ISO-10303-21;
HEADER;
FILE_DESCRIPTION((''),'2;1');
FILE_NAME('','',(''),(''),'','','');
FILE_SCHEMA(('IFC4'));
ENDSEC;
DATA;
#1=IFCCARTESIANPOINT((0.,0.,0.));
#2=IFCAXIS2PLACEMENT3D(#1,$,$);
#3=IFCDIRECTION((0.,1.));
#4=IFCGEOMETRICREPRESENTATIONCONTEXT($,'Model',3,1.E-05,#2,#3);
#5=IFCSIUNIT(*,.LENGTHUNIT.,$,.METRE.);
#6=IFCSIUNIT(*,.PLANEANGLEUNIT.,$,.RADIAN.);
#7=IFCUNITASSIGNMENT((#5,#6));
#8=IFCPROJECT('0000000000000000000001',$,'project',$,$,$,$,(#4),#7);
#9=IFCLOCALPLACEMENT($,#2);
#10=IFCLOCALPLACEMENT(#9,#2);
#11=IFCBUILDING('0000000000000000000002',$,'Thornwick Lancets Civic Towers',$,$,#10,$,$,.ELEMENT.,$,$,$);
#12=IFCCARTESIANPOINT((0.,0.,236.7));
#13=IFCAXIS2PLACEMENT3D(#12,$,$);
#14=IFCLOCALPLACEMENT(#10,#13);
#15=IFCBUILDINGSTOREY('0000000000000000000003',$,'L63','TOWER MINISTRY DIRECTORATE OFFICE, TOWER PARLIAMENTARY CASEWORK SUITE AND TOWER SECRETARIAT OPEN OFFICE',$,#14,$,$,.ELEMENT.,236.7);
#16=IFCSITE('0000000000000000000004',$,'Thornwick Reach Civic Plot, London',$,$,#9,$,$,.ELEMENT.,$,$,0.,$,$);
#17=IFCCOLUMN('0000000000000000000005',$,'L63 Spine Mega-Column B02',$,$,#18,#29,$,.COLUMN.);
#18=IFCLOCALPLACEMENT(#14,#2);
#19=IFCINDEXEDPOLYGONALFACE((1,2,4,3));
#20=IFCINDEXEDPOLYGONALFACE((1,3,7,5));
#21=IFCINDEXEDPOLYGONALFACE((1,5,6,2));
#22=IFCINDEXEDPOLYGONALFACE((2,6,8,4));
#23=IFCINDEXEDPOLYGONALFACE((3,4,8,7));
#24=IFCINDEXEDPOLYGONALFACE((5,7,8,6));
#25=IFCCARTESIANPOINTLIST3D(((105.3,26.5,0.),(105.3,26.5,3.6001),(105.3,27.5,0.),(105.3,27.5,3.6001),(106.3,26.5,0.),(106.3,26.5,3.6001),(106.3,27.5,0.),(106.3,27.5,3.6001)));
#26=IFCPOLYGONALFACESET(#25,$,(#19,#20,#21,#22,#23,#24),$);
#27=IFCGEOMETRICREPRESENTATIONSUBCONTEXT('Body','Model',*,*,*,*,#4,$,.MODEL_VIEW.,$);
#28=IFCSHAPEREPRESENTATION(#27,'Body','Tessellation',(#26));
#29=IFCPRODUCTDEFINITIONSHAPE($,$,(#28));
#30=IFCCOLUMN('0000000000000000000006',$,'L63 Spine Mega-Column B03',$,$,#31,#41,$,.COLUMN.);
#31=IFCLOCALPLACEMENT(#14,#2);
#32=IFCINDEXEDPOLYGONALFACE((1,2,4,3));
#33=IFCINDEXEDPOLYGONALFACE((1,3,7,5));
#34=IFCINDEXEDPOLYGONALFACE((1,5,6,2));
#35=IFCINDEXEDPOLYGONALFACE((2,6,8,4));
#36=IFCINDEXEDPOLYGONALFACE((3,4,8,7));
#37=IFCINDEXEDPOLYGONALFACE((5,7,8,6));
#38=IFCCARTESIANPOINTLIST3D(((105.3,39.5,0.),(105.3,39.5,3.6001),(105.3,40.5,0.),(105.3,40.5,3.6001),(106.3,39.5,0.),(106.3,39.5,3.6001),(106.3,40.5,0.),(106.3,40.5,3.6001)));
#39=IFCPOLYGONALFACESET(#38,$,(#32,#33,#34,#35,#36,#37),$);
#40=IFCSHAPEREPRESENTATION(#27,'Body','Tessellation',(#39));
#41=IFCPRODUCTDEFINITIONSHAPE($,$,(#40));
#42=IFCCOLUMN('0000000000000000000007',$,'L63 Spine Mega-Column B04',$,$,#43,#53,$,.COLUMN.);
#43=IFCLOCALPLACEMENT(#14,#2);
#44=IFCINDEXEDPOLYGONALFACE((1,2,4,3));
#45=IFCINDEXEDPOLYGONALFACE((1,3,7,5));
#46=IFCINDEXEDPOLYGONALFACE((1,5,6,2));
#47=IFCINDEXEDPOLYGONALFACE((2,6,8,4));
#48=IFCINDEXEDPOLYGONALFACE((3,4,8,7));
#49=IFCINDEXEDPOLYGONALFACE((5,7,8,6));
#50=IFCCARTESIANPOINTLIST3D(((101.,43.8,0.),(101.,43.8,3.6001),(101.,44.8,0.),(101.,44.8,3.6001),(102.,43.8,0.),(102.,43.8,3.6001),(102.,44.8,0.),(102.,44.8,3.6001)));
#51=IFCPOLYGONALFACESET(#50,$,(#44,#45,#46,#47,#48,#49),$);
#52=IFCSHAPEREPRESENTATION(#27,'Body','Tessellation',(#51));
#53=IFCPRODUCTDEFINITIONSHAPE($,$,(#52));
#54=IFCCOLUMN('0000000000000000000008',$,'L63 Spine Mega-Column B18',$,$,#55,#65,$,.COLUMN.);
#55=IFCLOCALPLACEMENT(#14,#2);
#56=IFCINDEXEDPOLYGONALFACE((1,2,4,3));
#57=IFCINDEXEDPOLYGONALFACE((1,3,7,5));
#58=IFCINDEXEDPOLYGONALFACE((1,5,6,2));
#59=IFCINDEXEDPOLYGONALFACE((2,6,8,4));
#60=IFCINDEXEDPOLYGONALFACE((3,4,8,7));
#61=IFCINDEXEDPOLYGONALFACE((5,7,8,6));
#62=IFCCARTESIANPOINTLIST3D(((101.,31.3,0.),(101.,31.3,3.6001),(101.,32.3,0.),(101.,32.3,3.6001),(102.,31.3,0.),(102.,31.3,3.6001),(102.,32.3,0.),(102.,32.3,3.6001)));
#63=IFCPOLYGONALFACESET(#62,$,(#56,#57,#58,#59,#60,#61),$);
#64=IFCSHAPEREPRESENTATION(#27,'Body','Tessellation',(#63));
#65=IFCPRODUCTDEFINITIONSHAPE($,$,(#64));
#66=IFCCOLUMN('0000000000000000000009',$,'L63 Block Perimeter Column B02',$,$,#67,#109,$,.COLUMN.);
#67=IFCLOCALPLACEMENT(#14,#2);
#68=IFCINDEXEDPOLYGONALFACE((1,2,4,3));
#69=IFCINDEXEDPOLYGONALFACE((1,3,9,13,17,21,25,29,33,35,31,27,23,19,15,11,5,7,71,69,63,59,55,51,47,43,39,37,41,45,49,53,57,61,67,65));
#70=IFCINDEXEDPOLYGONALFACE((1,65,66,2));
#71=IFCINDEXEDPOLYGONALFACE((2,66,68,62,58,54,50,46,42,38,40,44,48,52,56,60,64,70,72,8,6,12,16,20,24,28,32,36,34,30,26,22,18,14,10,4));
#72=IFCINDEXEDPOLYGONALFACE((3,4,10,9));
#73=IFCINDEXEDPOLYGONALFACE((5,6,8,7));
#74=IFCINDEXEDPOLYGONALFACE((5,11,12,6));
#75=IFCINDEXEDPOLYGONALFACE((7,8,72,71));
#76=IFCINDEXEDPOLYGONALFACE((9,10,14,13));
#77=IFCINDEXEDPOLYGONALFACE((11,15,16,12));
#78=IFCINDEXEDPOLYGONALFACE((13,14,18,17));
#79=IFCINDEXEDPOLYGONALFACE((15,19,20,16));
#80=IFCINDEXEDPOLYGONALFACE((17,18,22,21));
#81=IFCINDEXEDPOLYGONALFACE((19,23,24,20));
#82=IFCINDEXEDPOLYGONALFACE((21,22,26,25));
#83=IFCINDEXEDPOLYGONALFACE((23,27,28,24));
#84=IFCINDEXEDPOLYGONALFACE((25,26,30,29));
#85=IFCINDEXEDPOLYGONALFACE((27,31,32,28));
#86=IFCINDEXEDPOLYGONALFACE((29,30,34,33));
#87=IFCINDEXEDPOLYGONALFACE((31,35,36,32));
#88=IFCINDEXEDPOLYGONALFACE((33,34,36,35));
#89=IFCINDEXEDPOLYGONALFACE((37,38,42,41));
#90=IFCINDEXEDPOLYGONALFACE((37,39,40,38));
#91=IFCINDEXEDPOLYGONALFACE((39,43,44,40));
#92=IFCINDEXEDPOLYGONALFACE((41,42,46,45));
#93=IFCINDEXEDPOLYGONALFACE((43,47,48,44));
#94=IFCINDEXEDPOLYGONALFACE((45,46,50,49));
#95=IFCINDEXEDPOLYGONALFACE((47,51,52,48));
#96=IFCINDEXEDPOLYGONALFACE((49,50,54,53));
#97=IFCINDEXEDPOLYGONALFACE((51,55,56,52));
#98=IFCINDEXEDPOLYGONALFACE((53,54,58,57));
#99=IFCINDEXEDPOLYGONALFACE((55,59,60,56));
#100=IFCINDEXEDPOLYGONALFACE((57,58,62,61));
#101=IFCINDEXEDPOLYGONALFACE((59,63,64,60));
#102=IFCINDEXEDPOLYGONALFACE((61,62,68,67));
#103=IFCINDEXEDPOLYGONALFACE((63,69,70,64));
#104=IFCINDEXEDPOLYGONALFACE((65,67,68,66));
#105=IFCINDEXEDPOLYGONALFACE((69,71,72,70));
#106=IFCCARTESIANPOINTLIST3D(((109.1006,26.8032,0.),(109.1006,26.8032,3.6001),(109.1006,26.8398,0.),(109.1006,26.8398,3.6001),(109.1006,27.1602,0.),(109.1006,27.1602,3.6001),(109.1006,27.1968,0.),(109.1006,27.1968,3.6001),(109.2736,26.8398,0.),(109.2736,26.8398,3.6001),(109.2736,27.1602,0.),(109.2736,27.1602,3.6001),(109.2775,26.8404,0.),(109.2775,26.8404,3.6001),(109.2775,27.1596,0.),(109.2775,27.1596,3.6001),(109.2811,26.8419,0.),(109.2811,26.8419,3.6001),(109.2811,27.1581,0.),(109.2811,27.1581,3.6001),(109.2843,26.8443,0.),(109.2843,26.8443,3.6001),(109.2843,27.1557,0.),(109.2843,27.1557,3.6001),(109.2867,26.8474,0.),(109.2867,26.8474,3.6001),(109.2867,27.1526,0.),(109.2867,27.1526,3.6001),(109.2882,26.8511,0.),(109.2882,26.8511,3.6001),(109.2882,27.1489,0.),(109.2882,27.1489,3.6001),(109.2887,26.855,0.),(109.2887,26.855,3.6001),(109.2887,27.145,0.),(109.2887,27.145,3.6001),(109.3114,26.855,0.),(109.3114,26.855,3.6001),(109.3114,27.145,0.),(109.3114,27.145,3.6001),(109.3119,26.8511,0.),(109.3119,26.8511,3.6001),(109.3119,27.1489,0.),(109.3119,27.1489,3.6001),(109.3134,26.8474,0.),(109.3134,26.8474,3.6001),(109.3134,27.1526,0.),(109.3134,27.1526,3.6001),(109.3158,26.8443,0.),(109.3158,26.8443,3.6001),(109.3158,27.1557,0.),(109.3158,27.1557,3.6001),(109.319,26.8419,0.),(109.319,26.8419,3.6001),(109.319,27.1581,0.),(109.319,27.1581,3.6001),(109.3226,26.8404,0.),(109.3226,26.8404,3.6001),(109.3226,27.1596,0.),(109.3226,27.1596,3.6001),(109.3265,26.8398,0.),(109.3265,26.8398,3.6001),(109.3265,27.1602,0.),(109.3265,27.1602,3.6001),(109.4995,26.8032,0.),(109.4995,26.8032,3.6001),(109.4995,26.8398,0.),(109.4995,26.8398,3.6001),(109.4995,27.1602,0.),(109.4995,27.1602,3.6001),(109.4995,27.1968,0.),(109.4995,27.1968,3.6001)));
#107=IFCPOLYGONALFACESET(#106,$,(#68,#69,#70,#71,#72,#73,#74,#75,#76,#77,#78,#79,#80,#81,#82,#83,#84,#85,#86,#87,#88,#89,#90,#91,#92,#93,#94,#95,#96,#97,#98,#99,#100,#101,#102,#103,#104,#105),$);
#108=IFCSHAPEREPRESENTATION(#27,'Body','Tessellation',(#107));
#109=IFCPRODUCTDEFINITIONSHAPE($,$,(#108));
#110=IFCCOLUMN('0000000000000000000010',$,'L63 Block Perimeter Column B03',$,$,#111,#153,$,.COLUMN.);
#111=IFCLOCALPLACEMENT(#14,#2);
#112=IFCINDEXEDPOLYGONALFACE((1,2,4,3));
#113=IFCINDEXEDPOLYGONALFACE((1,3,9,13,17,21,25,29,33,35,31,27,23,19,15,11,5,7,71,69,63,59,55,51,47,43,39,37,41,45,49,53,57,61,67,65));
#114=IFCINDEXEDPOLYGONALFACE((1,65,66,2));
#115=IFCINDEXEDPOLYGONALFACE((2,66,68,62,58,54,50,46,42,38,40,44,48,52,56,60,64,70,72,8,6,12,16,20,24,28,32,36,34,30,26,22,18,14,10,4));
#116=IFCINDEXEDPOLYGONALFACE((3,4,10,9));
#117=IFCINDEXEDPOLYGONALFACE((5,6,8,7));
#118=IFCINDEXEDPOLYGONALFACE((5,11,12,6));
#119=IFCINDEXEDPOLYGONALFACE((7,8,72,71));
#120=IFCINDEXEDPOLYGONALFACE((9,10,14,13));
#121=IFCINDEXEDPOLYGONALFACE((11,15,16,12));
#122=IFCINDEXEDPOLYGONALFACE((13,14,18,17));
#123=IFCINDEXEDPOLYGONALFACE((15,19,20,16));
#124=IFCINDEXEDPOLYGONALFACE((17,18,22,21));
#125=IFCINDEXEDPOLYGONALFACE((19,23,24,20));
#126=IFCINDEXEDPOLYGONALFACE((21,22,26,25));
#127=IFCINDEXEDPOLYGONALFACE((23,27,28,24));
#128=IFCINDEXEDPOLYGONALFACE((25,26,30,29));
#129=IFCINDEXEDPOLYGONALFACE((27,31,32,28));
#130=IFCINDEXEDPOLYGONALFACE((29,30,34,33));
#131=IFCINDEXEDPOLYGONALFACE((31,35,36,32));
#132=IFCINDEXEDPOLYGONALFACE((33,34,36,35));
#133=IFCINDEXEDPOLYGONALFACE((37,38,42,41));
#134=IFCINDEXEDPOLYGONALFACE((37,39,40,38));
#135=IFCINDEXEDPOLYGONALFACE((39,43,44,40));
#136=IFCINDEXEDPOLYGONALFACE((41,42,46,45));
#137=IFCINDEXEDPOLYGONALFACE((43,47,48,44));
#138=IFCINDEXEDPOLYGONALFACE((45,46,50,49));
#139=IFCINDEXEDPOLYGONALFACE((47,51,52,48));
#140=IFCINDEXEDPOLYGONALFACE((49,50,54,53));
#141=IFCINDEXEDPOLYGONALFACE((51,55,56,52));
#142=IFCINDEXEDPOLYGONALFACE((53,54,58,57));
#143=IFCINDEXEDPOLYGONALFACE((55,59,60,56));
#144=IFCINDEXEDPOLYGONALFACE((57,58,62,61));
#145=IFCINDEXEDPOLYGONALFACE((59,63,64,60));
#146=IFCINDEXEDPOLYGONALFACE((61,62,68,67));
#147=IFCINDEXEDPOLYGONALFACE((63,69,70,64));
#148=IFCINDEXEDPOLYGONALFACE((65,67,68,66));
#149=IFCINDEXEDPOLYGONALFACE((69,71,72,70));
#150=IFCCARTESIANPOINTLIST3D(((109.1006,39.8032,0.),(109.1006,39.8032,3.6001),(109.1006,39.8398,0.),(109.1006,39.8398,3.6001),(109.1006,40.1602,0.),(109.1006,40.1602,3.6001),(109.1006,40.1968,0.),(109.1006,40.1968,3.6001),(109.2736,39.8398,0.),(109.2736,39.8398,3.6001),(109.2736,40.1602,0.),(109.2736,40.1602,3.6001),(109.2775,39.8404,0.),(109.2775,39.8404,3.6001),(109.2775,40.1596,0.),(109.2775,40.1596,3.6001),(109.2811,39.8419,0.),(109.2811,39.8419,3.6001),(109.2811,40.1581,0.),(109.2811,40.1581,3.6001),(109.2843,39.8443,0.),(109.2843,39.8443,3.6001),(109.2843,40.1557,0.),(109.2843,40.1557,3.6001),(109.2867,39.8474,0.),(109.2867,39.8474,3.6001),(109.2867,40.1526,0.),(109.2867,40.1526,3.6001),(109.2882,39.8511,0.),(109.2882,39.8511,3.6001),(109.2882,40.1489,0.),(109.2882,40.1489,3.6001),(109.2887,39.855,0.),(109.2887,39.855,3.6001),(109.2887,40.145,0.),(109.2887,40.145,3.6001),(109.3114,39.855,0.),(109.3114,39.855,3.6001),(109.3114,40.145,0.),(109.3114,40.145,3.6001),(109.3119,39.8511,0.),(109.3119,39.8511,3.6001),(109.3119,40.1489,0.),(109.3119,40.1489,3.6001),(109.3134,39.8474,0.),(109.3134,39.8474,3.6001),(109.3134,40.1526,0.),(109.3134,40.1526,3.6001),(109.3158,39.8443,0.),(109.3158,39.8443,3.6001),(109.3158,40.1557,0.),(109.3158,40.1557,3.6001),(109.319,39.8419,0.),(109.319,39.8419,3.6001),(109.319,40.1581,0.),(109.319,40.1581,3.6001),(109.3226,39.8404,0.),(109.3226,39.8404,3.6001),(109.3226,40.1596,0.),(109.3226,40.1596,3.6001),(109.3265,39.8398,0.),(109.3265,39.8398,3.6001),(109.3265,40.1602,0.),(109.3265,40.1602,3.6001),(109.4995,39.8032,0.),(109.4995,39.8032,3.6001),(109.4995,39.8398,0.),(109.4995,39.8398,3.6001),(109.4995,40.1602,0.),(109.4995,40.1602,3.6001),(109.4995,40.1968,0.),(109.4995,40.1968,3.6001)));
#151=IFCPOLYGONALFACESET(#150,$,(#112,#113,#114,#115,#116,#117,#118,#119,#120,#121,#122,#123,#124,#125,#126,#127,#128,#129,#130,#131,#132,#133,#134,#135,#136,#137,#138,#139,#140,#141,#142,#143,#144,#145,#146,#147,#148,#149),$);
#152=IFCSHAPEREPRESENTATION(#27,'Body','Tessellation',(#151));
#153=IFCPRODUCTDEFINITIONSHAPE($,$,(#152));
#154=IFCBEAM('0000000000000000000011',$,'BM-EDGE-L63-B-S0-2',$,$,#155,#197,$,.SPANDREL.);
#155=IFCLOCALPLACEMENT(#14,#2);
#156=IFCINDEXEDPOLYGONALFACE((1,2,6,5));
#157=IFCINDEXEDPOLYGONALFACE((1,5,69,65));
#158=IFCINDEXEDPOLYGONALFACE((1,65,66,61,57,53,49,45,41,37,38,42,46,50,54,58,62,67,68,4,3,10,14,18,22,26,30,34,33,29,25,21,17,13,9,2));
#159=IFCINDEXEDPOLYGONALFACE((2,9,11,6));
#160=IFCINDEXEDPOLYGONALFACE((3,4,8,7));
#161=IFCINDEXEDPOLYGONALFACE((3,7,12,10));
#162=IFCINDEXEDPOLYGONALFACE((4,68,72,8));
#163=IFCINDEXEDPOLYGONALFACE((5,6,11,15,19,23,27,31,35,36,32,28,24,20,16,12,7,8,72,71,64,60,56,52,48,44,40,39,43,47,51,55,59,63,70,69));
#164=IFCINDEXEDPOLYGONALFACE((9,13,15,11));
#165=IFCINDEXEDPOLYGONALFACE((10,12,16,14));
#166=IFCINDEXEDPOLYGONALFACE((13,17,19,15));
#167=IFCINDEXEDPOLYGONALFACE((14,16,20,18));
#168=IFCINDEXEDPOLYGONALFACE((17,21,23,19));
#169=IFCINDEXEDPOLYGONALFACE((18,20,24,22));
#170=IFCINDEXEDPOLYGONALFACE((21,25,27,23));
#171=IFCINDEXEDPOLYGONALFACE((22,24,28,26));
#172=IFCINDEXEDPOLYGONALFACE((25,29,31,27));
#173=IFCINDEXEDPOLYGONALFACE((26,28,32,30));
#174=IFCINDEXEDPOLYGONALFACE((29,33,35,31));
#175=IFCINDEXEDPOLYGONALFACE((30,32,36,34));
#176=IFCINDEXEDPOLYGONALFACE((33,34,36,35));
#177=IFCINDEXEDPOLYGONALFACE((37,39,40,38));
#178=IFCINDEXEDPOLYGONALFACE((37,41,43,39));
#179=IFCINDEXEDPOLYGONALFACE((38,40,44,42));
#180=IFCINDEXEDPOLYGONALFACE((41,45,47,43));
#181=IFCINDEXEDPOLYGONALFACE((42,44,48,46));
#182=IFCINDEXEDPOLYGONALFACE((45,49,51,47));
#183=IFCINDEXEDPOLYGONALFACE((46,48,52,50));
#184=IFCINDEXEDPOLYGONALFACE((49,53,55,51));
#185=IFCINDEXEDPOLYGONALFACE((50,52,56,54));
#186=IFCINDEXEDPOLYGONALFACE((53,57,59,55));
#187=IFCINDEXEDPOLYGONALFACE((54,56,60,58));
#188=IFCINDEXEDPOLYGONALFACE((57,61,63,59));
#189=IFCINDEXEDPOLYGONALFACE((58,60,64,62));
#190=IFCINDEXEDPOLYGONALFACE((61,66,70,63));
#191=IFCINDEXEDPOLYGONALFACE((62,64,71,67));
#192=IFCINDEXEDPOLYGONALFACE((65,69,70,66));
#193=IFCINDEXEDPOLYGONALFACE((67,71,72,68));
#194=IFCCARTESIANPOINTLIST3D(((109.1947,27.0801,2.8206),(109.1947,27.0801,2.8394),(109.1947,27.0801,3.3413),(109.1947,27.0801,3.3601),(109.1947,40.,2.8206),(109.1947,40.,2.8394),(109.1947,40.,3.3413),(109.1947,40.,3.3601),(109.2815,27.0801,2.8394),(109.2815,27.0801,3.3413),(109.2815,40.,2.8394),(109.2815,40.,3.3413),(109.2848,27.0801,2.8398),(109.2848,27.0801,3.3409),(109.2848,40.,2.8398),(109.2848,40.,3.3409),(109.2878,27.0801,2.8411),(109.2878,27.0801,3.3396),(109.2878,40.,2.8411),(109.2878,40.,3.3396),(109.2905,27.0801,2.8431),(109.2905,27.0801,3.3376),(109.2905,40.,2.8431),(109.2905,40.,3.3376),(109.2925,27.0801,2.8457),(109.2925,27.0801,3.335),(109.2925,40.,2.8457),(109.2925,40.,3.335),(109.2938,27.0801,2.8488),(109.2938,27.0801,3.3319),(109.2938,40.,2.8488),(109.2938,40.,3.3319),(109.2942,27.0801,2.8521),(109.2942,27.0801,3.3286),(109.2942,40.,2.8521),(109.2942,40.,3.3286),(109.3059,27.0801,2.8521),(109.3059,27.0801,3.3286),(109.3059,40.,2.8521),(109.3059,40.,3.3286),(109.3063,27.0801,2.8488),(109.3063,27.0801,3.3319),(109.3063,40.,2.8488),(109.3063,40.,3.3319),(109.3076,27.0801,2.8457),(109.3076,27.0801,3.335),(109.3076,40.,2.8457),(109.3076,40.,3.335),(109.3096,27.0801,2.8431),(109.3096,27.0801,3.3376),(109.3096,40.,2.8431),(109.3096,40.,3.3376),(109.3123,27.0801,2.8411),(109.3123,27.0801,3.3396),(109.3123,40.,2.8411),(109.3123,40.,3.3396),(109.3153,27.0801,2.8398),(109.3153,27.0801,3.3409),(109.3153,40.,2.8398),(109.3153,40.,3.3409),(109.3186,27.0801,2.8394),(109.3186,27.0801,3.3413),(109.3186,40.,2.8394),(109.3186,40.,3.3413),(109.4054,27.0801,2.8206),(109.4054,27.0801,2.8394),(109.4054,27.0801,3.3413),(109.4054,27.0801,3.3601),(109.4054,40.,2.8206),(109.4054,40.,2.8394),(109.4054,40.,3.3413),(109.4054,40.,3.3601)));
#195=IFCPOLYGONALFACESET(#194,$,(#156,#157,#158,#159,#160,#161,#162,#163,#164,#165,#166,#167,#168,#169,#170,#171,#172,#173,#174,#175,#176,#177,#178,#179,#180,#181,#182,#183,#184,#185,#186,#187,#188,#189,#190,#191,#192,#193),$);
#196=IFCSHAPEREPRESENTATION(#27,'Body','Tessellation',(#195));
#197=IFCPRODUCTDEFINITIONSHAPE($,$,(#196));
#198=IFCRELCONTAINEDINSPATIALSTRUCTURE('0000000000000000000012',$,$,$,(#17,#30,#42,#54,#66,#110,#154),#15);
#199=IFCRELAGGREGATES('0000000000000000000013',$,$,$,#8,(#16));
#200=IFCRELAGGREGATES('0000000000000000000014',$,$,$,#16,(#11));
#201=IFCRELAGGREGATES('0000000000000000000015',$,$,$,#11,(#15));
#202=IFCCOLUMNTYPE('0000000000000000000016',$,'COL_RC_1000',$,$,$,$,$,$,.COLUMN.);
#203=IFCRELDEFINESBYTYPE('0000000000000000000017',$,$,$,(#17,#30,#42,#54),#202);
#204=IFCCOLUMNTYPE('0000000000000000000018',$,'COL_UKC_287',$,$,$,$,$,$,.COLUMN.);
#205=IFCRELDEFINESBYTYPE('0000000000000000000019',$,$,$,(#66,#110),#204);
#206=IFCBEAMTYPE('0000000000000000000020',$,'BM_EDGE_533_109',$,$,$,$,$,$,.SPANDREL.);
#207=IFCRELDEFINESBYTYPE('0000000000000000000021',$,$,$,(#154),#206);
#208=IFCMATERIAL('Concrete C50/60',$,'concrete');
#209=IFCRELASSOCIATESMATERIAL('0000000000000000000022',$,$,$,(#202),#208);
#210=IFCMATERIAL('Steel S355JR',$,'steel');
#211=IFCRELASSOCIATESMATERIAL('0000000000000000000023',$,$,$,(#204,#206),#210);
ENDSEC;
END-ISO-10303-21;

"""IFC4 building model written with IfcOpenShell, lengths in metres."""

from ifc_helpers import new_model, si_unit, direction, frame, origin, origin_2d, place, context, subcontext, project, spatial, rectangle, i_section, extrude, material, material_profile, profile_set, type_object, element, save


model = new_model("IFC4")

# Units and contexts
model_context = context("Model", 3, precision=1e-05, world=origin(), true_north=direction((0.0, 1.0)))
body_context = subcontext(model_context, "Body", "Model", "MODEL_VIEW")
ifc_project = project(units=[si_unit("LENGTHUNIT", "METRE"), si_unit("PLANEANGLEUNIT", "RADIAN")], contexts=[model_context])

# Site, building, storey
site_placement = place(None, origin())
site = spatial("IfcSite", under=ifc_project, at=site_placement, Name="Thornwick Reach Civic Plot, London", CompositionType="ELEMENT", RefElevation=0.0)
building_placement = place(site_placement, origin())
building = spatial("IfcBuilding", under=site, at=building_placement, Name="Thornwick Lancets Civic Towers", CompositionType="ELEMENT")
storey_placement = place(building_placement, frame((0.0, 0.0, 236.7)))
storey = spatial("IfcBuildingStorey", under=building, at=storey_placement, Name="L63", Description="TOWER MINISTRY DIRECTORATE OFFICE, TOWER PARLIAMENTARY CASEWORK SUITE AND TOWER SECRETARIAT OPEN OFFICE", CompositionType="ELEMENT", Elevation=236.7)

# Columns
ifc_material_1 = material(Name="Concrete C50/60", Category="concrete")
ifc_material_profile_1 = material_profile(ifc_material_1, rectangle(XDim=1.0, YDim=1.0, at=origin_2d()), Name="RC 1000x1000")
ifc_profile_set_1 = profile_set([ifc_material_profile_1], Name="Concrete C50/60")
column_type_1 = type_object("IfcColumnType", Name="COL_RC_1000", PredefinedType="COLUMN", material=ifc_profile_set_1)
for number, where, z_axis, x_axis, name in (
    (1, (105.8, 27.0, 0.0), (0.0, 0.0, 1.0), (1.0, 0.0, 0.0), "L63 Spine Mega-Column B02"),
    (2, (105.8, 40.0, 0.0), (0.0, 0.0, 1.0), (1.0, 0.0, 0.0), "L63 Spine Mega-Column B03"),
    (3, (101.5, 44.3, 0.0), (0.0, 0.0, 1.0), (1.0, 0.0, 0.0), "L63 Spine Mega-Column B04"),
    (4, (101.5, 31.8, 0.0), (0.0, 0.0, 1.0), (1.0, 0.0, 0.0), "L63 Spine Mega-Column B18"),
):
    element("IfcColumn", number, at=place(storey_placement, frame(where, z_axis=z_axis, x_axis=x_axis)), inside=storey, type_object=column_type_1, Name=name, PredefinedType="COLUMN", context=body_context, shape_type="SweptSolid", body=[
        extrude(rectangle(XDim=1.0, YDim=1.0, at=origin_2d()), origin(), (0.0, 0.0, 1.0), 3.6001),
    ])
ifc_material_2 = material(Name="Steel S355JR", Category="steel")
ifc_material_profile_2 = material_profile(ifc_material_2, i_section(OverallWidth=0.3989, OverallDepth=0.3936, WebThickness=0.0227, FlangeThickness=0.0366, FilletRadius=0.0151, at=origin_2d()), Name="UKC 356x406x287")
ifc_profile_set_2 = profile_set([ifc_material_profile_2], Name="Steel S355JR")
column_type_2 = type_object("IfcColumnType", Name="COL_UKC_287", PredefinedType="COLUMN", material=ifc_profile_set_2)
for number, where, z_axis, x_axis, name in (
    (5, (109.3, 27.0, 0.0), (0.0, 0.0, 1.0), (1.0, 0.0, 0.0), "L63 Block Perimeter Column B02"),
    (6, (109.3, 40.0, 0.0), (0.0, 0.0, 1.0), (1.0, 0.0, 0.0), "L63 Block Perimeter Column B03"),
):
    element("IfcColumn", number, at=place(storey_placement, frame(where, z_axis=z_axis, x_axis=x_axis)), inside=storey, type_object=column_type_2, Name=name, PredefinedType="COLUMN", context=body_context, shape_type="SweptSolid", body=[
        extrude(i_section(OverallWidth=0.3989, OverallDepth=0.3936, WebThickness=0.0227, FlangeThickness=0.0366, FilletRadius=0.0151, at=origin_2d()), origin(), (0.0, 0.0, 1.0), 3.6001),
    ])

# Beam
ifc_material_profile_3 = material_profile(ifc_material_2, i_section(OverallWidth=0.2107, OverallDepth=0.5396, WebThickness=0.0117, FlangeThickness=0.0188, FilletRadius=0.0127, at=origin_2d()), Name="UKB 533x210x109")
ifc_profile_set_3 = profile_set([ifc_material_profile_3], Name="Steel S355JR")
beam_type_1 = type_object("IfcBeamType", Name="BM_EDGE_533_109", PredefinedType="SPANDREL", material=ifc_profile_set_3)
beam_1_placement = place(storey_placement, frame((109.3, 27.0801, 3.0903), z_axis=(0.0, 1.0, 0.0), x_axis=(-1.0, 0.0, 0.0)))
element("IfcBeam", 7, at=beam_1_placement, inside=storey, type_object=beam_type_1, Name="BM-EDGE-L63-B-S0-2", PredefinedType="SPANDREL", context=body_context, shape_type="SweptSolid", body=[
    extrude(i_section(OverallWidth=0.2107, OverallDepth=0.5396, WebThickness=0.0117, FlangeThickness=0.0188, FilletRadius=0.0127, at=origin_2d()), origin(), (0.0, 0.0, 1.0), 12.9199),
])

save(model, "model.ifc")
